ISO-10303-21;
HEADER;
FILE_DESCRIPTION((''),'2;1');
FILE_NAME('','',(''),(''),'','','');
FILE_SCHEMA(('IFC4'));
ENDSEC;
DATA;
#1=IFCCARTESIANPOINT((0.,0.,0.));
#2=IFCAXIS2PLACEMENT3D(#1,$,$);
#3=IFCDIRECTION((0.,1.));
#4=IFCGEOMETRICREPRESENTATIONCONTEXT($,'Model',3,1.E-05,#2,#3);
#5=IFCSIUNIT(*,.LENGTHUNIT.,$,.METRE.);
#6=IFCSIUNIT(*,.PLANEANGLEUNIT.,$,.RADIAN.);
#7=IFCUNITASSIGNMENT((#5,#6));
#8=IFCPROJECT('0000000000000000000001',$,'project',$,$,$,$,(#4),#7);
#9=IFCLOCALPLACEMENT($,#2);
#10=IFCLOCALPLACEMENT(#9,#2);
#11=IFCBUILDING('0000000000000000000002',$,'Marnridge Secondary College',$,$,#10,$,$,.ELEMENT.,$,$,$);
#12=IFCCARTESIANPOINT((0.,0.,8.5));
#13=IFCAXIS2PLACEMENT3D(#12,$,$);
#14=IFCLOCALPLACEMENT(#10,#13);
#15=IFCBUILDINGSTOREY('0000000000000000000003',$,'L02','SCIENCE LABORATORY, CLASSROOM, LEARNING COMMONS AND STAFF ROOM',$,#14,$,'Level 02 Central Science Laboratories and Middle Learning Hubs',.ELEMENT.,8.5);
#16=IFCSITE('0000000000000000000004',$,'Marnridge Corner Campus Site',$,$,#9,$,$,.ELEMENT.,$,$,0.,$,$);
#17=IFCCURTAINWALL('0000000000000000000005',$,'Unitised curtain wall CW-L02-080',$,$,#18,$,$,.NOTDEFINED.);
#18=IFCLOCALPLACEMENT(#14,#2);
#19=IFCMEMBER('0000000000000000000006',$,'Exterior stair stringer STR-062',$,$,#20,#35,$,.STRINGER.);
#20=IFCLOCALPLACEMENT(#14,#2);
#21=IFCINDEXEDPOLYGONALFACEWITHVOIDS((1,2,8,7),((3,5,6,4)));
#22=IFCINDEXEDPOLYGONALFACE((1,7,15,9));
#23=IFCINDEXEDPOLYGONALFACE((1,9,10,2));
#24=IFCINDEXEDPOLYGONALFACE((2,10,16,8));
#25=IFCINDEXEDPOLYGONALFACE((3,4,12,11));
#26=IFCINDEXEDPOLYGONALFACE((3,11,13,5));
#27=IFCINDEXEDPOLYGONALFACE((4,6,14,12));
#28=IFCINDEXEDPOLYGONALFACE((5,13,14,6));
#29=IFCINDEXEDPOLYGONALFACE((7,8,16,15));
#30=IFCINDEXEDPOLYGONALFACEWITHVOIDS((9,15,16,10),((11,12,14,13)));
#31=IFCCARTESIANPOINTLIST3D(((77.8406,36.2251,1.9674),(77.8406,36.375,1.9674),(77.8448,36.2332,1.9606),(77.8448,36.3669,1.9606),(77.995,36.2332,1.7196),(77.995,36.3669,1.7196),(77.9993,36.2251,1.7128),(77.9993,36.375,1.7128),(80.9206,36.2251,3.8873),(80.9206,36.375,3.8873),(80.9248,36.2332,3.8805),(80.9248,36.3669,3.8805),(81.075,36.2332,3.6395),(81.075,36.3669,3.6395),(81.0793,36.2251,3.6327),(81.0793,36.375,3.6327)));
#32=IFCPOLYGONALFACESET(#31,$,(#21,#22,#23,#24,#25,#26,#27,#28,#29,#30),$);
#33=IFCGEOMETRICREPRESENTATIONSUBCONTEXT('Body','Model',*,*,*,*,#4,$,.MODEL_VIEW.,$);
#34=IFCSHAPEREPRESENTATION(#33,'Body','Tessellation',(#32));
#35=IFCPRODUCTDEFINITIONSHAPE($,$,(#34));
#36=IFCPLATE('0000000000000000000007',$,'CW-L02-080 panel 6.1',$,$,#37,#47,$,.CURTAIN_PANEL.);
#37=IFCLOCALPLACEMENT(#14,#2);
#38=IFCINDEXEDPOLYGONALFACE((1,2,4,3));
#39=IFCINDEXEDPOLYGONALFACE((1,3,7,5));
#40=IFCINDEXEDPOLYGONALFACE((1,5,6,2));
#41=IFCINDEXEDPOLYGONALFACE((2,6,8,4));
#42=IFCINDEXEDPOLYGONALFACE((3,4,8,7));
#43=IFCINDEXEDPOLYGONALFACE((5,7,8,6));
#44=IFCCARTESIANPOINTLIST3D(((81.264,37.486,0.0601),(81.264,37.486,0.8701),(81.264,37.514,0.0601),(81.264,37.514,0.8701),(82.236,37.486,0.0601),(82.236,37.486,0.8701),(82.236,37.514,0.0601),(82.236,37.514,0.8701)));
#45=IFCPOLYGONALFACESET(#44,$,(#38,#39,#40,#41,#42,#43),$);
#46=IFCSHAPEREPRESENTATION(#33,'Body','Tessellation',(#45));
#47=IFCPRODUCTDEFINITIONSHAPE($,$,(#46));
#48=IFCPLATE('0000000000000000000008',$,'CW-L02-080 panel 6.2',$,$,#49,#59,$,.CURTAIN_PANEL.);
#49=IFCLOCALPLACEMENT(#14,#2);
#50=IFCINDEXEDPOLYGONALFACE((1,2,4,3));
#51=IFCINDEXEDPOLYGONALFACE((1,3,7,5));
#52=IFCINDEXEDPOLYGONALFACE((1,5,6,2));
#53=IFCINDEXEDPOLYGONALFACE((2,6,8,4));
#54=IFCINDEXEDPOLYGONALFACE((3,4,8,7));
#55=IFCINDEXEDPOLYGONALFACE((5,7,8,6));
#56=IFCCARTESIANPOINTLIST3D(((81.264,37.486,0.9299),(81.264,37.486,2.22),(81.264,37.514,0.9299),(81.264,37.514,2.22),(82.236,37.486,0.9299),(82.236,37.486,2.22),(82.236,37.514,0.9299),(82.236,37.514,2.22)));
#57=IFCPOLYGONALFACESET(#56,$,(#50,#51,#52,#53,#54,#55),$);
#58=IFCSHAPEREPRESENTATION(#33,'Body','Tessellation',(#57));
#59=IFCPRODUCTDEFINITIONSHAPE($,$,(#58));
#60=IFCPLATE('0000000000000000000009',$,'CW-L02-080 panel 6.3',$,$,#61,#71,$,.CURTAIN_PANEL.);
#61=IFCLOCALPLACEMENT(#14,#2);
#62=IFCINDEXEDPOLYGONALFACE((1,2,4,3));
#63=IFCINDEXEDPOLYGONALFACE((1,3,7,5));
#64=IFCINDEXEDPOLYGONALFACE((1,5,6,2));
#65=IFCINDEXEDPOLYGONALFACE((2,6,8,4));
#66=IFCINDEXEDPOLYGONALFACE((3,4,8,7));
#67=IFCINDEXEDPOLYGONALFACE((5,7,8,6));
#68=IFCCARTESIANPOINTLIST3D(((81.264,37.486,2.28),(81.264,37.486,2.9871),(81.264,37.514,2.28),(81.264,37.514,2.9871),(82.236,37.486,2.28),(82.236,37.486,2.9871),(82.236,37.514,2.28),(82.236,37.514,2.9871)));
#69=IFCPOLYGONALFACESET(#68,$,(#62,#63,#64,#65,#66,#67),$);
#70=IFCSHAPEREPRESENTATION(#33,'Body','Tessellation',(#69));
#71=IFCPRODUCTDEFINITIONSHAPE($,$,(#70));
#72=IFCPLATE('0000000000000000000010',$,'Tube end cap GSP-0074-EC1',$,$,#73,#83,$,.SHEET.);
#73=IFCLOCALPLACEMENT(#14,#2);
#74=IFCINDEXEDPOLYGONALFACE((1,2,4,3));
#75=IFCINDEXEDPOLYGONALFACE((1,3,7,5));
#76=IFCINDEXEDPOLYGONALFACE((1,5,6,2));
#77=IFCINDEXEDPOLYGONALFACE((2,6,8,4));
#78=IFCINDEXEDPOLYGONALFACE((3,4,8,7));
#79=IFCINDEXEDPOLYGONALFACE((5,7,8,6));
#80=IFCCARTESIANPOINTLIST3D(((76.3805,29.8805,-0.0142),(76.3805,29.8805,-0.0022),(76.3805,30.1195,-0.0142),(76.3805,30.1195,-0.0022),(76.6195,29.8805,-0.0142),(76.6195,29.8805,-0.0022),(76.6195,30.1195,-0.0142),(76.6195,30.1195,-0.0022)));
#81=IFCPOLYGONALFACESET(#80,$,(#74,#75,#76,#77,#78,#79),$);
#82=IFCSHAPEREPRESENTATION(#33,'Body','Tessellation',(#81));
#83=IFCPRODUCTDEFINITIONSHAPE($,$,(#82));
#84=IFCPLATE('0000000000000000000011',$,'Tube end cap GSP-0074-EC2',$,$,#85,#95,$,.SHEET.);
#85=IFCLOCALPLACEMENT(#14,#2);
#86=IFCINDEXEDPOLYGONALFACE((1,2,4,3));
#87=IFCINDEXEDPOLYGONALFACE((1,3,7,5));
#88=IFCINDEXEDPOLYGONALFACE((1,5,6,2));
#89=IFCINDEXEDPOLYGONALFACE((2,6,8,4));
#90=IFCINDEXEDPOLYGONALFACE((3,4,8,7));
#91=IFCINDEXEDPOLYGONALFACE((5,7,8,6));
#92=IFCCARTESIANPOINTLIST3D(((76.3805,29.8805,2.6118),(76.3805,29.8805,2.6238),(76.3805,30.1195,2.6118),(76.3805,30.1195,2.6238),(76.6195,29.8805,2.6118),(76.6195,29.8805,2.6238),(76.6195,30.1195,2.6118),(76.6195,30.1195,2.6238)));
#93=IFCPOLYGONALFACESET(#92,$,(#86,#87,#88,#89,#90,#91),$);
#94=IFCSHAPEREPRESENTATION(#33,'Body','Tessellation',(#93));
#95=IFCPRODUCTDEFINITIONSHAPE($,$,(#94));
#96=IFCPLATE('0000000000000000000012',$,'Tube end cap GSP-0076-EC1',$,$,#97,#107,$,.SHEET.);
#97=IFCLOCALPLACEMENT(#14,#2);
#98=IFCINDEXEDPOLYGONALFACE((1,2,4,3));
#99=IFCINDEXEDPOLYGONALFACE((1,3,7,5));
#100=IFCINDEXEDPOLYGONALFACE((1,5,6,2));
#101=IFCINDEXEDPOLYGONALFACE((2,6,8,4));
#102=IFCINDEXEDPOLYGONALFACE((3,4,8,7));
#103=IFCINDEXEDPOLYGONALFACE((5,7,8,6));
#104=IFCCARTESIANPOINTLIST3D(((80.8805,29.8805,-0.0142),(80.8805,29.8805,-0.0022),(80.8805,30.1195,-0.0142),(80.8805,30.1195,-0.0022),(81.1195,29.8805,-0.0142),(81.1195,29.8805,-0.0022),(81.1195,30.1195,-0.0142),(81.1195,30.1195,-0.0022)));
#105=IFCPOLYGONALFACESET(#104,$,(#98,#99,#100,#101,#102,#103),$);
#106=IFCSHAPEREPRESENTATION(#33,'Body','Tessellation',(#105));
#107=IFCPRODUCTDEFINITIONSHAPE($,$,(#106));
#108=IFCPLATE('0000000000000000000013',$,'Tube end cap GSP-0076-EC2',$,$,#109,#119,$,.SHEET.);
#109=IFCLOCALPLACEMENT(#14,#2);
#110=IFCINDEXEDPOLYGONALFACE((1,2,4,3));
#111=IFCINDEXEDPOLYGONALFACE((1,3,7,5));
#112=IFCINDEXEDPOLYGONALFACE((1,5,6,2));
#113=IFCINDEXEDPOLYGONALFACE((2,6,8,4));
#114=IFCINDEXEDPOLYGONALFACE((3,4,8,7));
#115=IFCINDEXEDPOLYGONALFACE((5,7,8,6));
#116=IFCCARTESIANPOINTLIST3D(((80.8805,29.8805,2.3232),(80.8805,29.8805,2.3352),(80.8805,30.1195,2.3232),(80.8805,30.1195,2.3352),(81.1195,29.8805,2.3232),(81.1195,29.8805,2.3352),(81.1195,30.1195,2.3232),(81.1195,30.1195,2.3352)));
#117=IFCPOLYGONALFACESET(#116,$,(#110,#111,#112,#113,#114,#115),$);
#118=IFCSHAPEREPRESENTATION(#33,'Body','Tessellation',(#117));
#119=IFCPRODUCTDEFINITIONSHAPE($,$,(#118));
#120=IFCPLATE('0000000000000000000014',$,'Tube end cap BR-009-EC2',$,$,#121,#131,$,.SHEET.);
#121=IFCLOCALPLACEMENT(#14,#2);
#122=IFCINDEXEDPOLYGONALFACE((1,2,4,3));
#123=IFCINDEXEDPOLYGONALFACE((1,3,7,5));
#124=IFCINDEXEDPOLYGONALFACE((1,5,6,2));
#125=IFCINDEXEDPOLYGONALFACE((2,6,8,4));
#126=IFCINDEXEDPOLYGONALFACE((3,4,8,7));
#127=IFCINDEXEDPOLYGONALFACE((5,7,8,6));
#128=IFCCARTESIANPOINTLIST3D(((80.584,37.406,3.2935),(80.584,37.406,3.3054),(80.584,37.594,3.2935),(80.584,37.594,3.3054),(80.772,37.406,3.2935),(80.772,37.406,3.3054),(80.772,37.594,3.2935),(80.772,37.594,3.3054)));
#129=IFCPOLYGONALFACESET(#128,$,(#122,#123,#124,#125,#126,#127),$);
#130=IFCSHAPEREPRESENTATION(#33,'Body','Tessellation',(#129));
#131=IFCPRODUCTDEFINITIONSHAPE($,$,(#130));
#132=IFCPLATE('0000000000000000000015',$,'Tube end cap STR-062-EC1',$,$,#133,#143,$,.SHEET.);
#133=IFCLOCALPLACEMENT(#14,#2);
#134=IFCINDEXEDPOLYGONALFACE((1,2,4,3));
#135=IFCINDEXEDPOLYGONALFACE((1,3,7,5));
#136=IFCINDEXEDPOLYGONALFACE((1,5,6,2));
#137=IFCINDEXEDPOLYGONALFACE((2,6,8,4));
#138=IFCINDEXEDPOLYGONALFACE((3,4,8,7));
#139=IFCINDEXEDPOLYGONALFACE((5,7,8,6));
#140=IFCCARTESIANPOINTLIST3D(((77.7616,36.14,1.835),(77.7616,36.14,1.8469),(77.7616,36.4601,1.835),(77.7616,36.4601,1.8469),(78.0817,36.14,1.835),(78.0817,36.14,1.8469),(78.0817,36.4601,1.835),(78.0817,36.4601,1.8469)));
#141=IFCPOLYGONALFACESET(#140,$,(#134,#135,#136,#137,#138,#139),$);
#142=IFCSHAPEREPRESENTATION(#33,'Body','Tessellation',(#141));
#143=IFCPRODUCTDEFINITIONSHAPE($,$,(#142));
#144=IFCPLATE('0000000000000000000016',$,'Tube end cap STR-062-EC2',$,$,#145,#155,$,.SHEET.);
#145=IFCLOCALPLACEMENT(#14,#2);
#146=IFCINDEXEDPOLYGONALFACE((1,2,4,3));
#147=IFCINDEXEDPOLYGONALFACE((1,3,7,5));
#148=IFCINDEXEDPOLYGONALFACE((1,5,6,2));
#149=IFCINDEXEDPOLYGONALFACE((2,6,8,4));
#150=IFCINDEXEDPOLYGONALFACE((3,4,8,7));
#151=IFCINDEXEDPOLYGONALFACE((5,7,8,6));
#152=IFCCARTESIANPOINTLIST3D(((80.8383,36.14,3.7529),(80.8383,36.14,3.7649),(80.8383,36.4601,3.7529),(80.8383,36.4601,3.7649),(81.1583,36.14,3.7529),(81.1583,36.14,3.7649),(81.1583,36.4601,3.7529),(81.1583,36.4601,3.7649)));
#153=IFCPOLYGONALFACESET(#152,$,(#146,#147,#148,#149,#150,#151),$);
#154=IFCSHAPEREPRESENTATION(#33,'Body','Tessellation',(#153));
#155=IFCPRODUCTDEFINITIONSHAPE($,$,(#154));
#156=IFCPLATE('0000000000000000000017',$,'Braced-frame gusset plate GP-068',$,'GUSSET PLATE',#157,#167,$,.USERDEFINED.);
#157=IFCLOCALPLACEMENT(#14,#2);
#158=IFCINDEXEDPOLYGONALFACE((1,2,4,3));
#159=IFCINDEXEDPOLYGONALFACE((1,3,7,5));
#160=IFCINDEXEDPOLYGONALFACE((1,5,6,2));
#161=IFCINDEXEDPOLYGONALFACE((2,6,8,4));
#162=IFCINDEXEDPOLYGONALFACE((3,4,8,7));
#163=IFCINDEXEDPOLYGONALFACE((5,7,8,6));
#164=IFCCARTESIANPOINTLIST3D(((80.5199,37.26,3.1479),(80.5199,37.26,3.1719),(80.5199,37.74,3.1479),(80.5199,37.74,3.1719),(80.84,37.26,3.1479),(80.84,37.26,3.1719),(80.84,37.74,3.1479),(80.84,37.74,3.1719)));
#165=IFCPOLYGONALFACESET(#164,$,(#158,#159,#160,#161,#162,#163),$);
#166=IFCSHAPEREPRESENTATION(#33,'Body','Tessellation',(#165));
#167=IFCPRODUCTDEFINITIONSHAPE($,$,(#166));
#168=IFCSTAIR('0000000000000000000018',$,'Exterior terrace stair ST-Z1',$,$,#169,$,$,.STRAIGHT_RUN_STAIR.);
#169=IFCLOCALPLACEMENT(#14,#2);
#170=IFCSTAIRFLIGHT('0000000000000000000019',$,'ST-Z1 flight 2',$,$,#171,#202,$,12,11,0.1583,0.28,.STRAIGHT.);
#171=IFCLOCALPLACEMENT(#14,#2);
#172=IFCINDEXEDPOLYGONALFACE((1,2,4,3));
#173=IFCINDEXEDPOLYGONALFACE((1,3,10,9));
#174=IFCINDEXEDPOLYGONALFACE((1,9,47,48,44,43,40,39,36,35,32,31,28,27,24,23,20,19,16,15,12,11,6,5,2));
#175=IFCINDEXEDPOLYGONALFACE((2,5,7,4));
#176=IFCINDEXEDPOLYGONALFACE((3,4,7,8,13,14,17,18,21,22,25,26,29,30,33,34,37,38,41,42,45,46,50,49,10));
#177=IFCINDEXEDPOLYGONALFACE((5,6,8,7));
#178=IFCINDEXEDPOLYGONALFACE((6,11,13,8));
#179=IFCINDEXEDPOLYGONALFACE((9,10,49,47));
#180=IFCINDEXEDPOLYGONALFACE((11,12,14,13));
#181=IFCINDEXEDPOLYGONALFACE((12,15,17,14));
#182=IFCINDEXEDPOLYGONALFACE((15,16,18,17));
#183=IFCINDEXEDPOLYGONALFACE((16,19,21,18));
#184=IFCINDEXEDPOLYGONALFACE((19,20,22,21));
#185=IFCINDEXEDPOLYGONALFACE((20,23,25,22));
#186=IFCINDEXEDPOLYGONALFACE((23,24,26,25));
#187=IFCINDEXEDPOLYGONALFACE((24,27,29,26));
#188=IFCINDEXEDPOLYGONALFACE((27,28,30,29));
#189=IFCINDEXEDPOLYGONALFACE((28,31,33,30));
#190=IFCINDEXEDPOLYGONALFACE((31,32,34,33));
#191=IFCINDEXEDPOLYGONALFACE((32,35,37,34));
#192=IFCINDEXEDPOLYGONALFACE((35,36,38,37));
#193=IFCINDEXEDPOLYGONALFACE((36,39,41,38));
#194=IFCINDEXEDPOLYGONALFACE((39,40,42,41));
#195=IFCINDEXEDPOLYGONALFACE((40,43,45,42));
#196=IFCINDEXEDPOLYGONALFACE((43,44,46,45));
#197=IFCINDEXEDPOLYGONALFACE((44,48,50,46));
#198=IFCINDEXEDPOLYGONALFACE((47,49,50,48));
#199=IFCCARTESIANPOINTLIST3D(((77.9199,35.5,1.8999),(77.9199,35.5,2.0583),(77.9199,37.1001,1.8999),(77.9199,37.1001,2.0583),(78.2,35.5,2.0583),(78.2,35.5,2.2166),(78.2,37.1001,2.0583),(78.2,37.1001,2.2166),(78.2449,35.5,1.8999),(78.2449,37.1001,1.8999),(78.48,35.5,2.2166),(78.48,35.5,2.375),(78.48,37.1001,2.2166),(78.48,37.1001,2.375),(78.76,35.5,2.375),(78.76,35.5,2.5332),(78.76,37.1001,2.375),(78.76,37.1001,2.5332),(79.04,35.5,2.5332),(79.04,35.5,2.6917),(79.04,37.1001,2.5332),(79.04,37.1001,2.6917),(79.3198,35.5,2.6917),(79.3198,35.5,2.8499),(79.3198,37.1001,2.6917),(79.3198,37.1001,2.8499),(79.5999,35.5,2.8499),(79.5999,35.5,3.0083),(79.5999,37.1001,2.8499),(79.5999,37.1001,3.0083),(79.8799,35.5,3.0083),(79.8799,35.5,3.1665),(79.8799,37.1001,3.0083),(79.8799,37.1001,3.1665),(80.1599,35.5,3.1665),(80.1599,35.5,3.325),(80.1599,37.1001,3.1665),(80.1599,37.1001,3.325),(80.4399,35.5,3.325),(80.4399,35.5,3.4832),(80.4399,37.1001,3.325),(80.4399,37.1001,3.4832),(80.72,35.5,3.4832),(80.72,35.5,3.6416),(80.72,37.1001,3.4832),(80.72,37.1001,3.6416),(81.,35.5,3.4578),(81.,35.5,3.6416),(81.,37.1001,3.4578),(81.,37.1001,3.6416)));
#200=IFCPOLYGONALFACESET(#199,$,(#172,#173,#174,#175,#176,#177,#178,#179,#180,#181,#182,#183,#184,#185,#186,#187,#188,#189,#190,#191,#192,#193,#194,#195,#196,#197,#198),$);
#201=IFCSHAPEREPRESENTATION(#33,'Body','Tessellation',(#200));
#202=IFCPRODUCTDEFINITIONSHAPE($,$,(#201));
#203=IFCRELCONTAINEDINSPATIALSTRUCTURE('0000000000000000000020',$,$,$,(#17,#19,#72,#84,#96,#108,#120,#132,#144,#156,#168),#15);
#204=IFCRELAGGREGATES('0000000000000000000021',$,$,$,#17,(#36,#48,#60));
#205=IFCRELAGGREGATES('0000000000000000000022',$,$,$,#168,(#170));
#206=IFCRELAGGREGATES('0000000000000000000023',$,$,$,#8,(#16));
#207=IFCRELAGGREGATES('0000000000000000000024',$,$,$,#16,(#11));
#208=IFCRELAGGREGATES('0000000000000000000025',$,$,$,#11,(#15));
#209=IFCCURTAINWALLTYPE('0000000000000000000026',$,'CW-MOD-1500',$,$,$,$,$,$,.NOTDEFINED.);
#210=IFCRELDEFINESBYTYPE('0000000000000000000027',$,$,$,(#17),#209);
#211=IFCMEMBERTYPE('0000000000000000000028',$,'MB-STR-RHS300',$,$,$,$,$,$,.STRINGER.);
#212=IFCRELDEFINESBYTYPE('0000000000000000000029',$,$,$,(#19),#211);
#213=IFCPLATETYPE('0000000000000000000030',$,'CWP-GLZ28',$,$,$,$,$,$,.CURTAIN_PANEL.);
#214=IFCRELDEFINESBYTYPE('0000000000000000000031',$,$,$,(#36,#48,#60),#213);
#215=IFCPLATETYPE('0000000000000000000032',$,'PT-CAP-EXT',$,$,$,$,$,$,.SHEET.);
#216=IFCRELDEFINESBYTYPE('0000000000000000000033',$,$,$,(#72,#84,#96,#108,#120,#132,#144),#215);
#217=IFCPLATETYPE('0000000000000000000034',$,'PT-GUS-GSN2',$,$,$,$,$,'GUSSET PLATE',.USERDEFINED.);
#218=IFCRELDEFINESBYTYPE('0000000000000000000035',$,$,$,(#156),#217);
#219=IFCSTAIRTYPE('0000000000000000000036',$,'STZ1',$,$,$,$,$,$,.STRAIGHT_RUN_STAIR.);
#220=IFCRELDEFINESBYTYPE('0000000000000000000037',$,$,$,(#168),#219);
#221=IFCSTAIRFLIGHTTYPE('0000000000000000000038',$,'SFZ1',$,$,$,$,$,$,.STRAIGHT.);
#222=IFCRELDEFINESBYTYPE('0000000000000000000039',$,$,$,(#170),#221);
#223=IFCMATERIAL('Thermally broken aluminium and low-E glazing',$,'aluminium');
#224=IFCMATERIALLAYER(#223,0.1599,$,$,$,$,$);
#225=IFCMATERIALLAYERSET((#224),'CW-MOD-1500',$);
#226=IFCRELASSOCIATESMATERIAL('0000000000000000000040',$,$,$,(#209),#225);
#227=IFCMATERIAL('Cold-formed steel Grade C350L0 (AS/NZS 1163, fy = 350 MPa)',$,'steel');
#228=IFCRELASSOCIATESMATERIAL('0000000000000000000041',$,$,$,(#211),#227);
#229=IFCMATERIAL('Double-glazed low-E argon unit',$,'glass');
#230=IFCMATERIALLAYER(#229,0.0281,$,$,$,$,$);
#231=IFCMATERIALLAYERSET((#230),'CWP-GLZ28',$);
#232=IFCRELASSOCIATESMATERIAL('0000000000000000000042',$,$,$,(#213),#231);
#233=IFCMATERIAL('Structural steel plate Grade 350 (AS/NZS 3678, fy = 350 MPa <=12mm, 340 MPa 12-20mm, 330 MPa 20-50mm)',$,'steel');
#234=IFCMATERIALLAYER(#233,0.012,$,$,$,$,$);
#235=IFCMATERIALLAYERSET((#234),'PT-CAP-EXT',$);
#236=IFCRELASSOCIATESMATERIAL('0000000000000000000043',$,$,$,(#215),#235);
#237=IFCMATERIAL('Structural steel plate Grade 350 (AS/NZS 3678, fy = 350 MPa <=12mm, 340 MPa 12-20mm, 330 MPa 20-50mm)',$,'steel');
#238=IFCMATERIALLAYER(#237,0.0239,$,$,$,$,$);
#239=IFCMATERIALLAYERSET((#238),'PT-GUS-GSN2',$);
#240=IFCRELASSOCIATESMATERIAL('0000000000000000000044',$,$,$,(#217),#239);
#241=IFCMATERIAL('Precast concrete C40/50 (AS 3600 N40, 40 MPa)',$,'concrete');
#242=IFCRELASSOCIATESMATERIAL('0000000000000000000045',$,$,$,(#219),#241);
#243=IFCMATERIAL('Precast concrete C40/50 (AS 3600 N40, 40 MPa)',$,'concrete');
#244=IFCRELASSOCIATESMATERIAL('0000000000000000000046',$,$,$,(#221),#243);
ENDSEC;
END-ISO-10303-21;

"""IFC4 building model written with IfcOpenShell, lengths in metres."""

from ifc_helpers import new_model, si_unit, direction, frame, origin, origin_2d, place, context, subcontext, project, spatial, polyline, rectangle, hollow_rectangle, outline, extrude, material, layer, layer_set, material_profile, profile_set, type_object, element, aggregate, save


model = new_model("IFC4")

# Units and contexts
model_context = context("Model", 3, precision=1e-05, world=origin(), true_north=direction((0.0, 1.0)))
body_context = subcontext(model_context, "Body", "Model", "MODEL_VIEW")
ifc_project = project(units=[si_unit("LENGTHUNIT", "METRE"), si_unit("PLANEANGLEUNIT", "RADIAN")], contexts=[model_context])

# Site, building, storey
site_placement = place(None, origin())
site = spatial("IfcSite", under=ifc_project, at=site_placement, Name="Marnridge Corner Campus Site", CompositionType="ELEMENT", RefElevation=0.0)
building_placement = place(site_placement, origin())
building = spatial("IfcBuilding", under=site, at=building_placement, Name="Marnridge Secondary College", CompositionType="ELEMENT")
storey_placement = place(building_placement, frame((0.0, 0.0, 8.5)))
storey = spatial("IfcBuildingStorey", under=building, at=storey_placement, Name="L02", Description="SCIENCE LABORATORY, CLASSROOM, LEARNING COMMONS AND STAFF ROOM", LongName="Level 02 Central Science Laboratories and Middle Learning Hubs", CompositionType="ELEMENT", Elevation=8.5)

# Curtain wall
ifc_material_1 = material(Name="Thermally broken aluminium and low-E glazing", Category="aluminium")
ifc_layer_1 = layer(ifc_material_1, 0.1599)
ifc_layer_set_1 = layer_set([ifc_layer_1], Name="CW-MOD-1500")
curtain_wall_type = type_object("IfcCurtainWallType", Name="CW-MOD-1500", PredefinedType="NOTDEFINED", material=ifc_layer_set_1)
curtain_wall_placement = place(storey_placement, origin())
curtain_wall = element("IfcCurtainWall", 1, at=curtain_wall_placement, inside=storey, type_object=curtain_wall_type, Name="Unitised curtain wall CW-L02-080", PredefinedType="NOTDEFINED")

# Member
ifc_material_2 = material(Name="Cold-formed steel Grade C350L0 (AS/NZS 1163, fy = 350 MPa)", Category="steel")
ifc_material_profile_1 = material_profile(ifc_material_2, hollow_rectangle(XDim=0.1499, YDim=0.3, WallThickness=0.0081, at=origin_2d()), Name="300x150x8.0RHS")
ifc_profile_set_1 = profile_set([ifc_material_profile_1], Name="Cold-formed steel Grade C350L0 (AS/NZS 1163, fy = 350 MPa)")
member_type_1 = type_object("IfcMemberType", Name="MB-STR-RHS300", PredefinedType="STRINGER", material=ifc_profile_set_1)
member_1_placement = place(storey_placement, frame((77.9199, 36.3, 1.8401), z_axis=(0.848633, 0.0, 0.528983), x_axis=(0.0, 1.0, 0.0)))
element("IfcMember", 2, at=member_1_placement, inside=storey, type_object=member_type_1, Name="Exterior stair stringer STR-062", PredefinedType="STRINGER", context=body_context, shape_type="SweptSolid", body=[
    extrude(hollow_rectangle(XDim=0.1499, YDim=0.3, WallThickness=0.0081, at=origin_2d()), origin(), (0.0, 0.0, 1.0), 3.6294),
])

# Plates
ifc_material_3 = material(Name="Double-glazed low-E argon unit", Category="glass")
ifc_layer_2 = layer(ifc_material_3, 0.0281)
ifc_layer_set_2 = layer_set([ifc_layer_2], Name="CWP-GLZ28")
plate_type_1 = type_object("IfcPlateType", Name="CWP-GLZ28", PredefinedType="CURTAIN_PANEL", material=ifc_layer_set_2)
plate_1_placement = place(storey_placement, frame((81.75, 37.5, 0.0601), z_axis=(0.0, 0.0, 1.0), x_axis=(-1.0, 0.0, 0.0)))
plate_1 = element("IfcPlate", 3, at=plate_1_placement, type_object=plate_type_1, Name="CW-L02-080 panel 6.1", PredefinedType="CURTAIN_PANEL", context=body_context, shape_type="SweptSolid", body=[
    extrude(rectangle(XDim=0.9719, YDim=0.0281, at=origin_2d()), origin(), (0.0, 0.0, 1.0), 0.8101),
])
plate_2_placement = place(storey_placement, frame((81.75, 37.5, 0.9299), z_axis=(0.0, 0.0, 1.0), x_axis=(-1.0, 0.0, 0.0)))
plate_2 = element("IfcPlate", 4, at=plate_2_placement, type_object=plate_type_1, Name="CW-L02-080 panel 6.2", PredefinedType="CURTAIN_PANEL", context=body_context, shape_type="SweptSolid", body=[
    extrude(rectangle(XDim=0.9719, YDim=0.0281, at=origin_2d()), origin(), (0.0, 0.0, 1.0), 1.29),
])
plate_3_placement = place(storey_placement, frame((81.75, 37.5, 2.28), z_axis=(0.0, 0.0, 1.0), x_axis=(-1.0, 0.0, 0.0)))
plate_3 = element("IfcPlate", 5, at=plate_3_placement, type_object=plate_type_1, Name="CW-L02-080 panel 6.3", PredefinedType="CURTAIN_PANEL", context=body_context, shape_type="SweptSolid", body=[
    extrude(rectangle(XDim=0.9719, YDim=0.0281, at=origin_2d()), origin(), (0.0, 0.0, 1.0), 0.707),
])
aggregate(curtain_wall, [plate_1, plate_2, plate_3])

# Plates
ifc_material_4 = material(Name="Structural steel plate Grade 350 (AS/NZS 3678, fy = 350 MPa <=12mm, 340 MPa 12-20mm, 330 MPa 20-50mm)", Category="steel")
ifc_layer_3 = layer(ifc_material_4, 0.012)
ifc_layer_set_3 = layer_set([ifc_layer_3], Name="PT-CAP-EXT")
plate_type_2 = type_object("IfcPlateType", Name="PT-CAP-EXT", PredefinedType="SHEET", material=ifc_layer_set_3)
for number, where, z_axis, x_axis, name in (
    (6, (76.5, 30.0, -0.0142), (0.0, 0.0, 1.0), (1.0, 0.0, 0.0), "Tube end cap GSP-0074-EC1"),
    (7, (76.5, 30.0, 2.6118), (0.0, 0.0, 1.0), (1.0, 0.0, 0.0), "Tube end cap GSP-0074-EC2"),
    (8, (81.0, 30.0, -0.0142), (0.0, 0.0, 1.0), (1.0, 0.0, 0.0), "Tube end cap GSP-0076-EC1"),
    (9, (81.0, 30.0, 2.3232), (0.0, 0.0, 1.0), (1.0, 0.0, 0.0), "Tube end cap GSP-0076-EC2"),
):
    element("IfcPlate", number, at=place(storey_placement, frame(where, z_axis=z_axis, x_axis=x_axis)), inside=storey, type_object=plate_type_2, Name=name, PredefinedType="SHEET", context=body_context, shape_type="SweptSolid", body=[
        extrude(rectangle(XDim=0.239, YDim=0.239, at=origin_2d()), origin(), (0.0, 0.0, 1.0), 0.012),
    ])
plate_4_placement = place(storey_placement, frame((80.678, 37.5, 3.2935), z_axis=(0.0, 0.0, 1.0), x_axis=(1.0, 0.0, 0.0)))
element("IfcPlate", 10, at=plate_4_placement, inside=storey, type_object=plate_type_2, Name="Tube end cap BR-009-EC2", PredefinedType="SHEET", context=body_context, shape_type="SweptSolid", body=[
    extrude(rectangle(XDim=0.188, YDim=0.188, at=origin_2d()), origin(), (0.0, 0.0, 1.0), 0.012),
])
for number, where, z_axis, x_axis, name in (
    (11, (77.9216, 36.3, 1.835), (0.0, 0.0, 1.0), (1.0, 0.0, 0.0), "Tube end cap STR-062-EC1"),
    (12, (80.9983, 36.3, 3.7529), (0.0, 0.0, 1.0), (1.0, 0.0, 0.0), "Tube end cap STR-062-EC2"),
):
    element("IfcPlate", number, at=place(storey_placement, frame(where, z_axis=z_axis, x_axis=x_axis)), inside=storey, type_object=plate_type_2, Name=name, PredefinedType="SHEET", context=body_context, shape_type="SweptSolid", body=[
        extrude(rectangle(XDim=0.3201, YDim=0.3201, at=origin_2d()), origin(), (0.0, 0.0, 1.0), 0.012),
    ])
ifc_material_5 = material(Name="Structural steel plate Grade 350 (AS/NZS 3678, fy = 350 MPa <=12mm, 340 MPa 12-20mm, 330 MPa 20-50mm)", Category="steel")
ifc_layer_4 = layer(ifc_material_5, 0.0239)
ifc_layer_set_4 = layer_set([ifc_layer_4], Name="PT-GUS-GSN2")
plate_type_3 = type_object("IfcPlateType", Name="PT-GUS-GSN2", ElementType="GUSSET PLATE", PredefinedType="USERDEFINED", material=ifc_layer_set_4)
plate_5_placement = place(storey_placement, frame((80.6799, 37.5, 3.1479), z_axis=(0.0, 0.0, 1.0), x_axis=(0.0, 1.0, 0.0)))
element("IfcPlate", 13, at=plate_5_placement, inside=storey, type_object=plate_type_3, Name="Braced-frame gusset plate GP-068", ObjectType="GUSSET PLATE", PredefinedType="USERDEFINED", context=body_context, shape_type="SweptSolid", body=[
    extrude(rectangle(XDim=0.48, YDim=0.3201, at=origin_2d()), origin(), (0.0, 0.0, 1.0), 0.0239),
])

# Stair, stair flight
ifc_material_6 = material(Name="Precast concrete C40/50 (AS 3600 N40, 40 MPa)", Category="concrete")
stair_type = type_object("IfcStairType", Name="STZ1", PredefinedType="STRAIGHT_RUN_STAIR", material=ifc_material_6)
stair_placement = place(storey_placement, origin())
stair = element("IfcStair", 14, at=stair_placement, inside=storey, type_object=stair_type, Name="Exterior terrace stair ST-Z1", PredefinedType="STRAIGHT_RUN_STAIR")
ifc_material_7 = material(Name="Precast concrete C40/50 (AS 3600 N40, 40 MPa)", Category="concrete")
stair_flight_type = type_object("IfcStairFlightType", Name="SFZ1", PredefinedType="STRAIGHT", material=ifc_material_7)
stair_flight_placement = place(storey_placement, frame((77.9199, 36.3, 1.8999), z_axis=(0.0, 0.0, 1.0), x_axis=(1.0, 0.0, 0.0)))
stair_flight = element("IfcStairFlight", 15, at=stair_flight_placement, type_object=stair_flight_type, Name="ST-Z1 flight 2", NumberOfRisers=12, NumberOfTreads=11, PredefinedType="STRAIGHT", RiserHeight=0.1583, TreadLength=0.28, context=body_context, shape_type="SweptSolid", body=[
    extrude(outline(polyline([(0.0, 0.0), (0.0, 0.1584), (0.28, 0.1584), (0.28, 0.3167), (0.5601, 0.3167), (0.5601, 0.4751), (0.8401, 0.4751), (0.8401, 0.6333), (1.1201, 0.6333), (1.1201, 0.7917), (1.3999, 0.7917), (1.3999, 0.95), (1.6799, 0.95), (1.6799, 1.1084), (1.96, 1.1084), (1.96, 1.2666), (2.24, 1.2666), (2.24, 1.425), (2.52, 1.425), (2.52, 1.5833), (2.8, 1.5833), (2.8, 1.7417), (3.0801, 1.7417), (3.0801, 1.8999), (3.0801, 1.5579), (0.325, 0.0), (0.0, 0.0)])), frame((0.0, 0.8, 0.0), z_axis=(0.0, -1.0, 0.0), x_axis=(1.0, 0.0, 0.0)), (0.0, 0.0, 1.0), 1.6001),
])
aggregate(stair, [stair_flight])

save(model, "model.ifc")
